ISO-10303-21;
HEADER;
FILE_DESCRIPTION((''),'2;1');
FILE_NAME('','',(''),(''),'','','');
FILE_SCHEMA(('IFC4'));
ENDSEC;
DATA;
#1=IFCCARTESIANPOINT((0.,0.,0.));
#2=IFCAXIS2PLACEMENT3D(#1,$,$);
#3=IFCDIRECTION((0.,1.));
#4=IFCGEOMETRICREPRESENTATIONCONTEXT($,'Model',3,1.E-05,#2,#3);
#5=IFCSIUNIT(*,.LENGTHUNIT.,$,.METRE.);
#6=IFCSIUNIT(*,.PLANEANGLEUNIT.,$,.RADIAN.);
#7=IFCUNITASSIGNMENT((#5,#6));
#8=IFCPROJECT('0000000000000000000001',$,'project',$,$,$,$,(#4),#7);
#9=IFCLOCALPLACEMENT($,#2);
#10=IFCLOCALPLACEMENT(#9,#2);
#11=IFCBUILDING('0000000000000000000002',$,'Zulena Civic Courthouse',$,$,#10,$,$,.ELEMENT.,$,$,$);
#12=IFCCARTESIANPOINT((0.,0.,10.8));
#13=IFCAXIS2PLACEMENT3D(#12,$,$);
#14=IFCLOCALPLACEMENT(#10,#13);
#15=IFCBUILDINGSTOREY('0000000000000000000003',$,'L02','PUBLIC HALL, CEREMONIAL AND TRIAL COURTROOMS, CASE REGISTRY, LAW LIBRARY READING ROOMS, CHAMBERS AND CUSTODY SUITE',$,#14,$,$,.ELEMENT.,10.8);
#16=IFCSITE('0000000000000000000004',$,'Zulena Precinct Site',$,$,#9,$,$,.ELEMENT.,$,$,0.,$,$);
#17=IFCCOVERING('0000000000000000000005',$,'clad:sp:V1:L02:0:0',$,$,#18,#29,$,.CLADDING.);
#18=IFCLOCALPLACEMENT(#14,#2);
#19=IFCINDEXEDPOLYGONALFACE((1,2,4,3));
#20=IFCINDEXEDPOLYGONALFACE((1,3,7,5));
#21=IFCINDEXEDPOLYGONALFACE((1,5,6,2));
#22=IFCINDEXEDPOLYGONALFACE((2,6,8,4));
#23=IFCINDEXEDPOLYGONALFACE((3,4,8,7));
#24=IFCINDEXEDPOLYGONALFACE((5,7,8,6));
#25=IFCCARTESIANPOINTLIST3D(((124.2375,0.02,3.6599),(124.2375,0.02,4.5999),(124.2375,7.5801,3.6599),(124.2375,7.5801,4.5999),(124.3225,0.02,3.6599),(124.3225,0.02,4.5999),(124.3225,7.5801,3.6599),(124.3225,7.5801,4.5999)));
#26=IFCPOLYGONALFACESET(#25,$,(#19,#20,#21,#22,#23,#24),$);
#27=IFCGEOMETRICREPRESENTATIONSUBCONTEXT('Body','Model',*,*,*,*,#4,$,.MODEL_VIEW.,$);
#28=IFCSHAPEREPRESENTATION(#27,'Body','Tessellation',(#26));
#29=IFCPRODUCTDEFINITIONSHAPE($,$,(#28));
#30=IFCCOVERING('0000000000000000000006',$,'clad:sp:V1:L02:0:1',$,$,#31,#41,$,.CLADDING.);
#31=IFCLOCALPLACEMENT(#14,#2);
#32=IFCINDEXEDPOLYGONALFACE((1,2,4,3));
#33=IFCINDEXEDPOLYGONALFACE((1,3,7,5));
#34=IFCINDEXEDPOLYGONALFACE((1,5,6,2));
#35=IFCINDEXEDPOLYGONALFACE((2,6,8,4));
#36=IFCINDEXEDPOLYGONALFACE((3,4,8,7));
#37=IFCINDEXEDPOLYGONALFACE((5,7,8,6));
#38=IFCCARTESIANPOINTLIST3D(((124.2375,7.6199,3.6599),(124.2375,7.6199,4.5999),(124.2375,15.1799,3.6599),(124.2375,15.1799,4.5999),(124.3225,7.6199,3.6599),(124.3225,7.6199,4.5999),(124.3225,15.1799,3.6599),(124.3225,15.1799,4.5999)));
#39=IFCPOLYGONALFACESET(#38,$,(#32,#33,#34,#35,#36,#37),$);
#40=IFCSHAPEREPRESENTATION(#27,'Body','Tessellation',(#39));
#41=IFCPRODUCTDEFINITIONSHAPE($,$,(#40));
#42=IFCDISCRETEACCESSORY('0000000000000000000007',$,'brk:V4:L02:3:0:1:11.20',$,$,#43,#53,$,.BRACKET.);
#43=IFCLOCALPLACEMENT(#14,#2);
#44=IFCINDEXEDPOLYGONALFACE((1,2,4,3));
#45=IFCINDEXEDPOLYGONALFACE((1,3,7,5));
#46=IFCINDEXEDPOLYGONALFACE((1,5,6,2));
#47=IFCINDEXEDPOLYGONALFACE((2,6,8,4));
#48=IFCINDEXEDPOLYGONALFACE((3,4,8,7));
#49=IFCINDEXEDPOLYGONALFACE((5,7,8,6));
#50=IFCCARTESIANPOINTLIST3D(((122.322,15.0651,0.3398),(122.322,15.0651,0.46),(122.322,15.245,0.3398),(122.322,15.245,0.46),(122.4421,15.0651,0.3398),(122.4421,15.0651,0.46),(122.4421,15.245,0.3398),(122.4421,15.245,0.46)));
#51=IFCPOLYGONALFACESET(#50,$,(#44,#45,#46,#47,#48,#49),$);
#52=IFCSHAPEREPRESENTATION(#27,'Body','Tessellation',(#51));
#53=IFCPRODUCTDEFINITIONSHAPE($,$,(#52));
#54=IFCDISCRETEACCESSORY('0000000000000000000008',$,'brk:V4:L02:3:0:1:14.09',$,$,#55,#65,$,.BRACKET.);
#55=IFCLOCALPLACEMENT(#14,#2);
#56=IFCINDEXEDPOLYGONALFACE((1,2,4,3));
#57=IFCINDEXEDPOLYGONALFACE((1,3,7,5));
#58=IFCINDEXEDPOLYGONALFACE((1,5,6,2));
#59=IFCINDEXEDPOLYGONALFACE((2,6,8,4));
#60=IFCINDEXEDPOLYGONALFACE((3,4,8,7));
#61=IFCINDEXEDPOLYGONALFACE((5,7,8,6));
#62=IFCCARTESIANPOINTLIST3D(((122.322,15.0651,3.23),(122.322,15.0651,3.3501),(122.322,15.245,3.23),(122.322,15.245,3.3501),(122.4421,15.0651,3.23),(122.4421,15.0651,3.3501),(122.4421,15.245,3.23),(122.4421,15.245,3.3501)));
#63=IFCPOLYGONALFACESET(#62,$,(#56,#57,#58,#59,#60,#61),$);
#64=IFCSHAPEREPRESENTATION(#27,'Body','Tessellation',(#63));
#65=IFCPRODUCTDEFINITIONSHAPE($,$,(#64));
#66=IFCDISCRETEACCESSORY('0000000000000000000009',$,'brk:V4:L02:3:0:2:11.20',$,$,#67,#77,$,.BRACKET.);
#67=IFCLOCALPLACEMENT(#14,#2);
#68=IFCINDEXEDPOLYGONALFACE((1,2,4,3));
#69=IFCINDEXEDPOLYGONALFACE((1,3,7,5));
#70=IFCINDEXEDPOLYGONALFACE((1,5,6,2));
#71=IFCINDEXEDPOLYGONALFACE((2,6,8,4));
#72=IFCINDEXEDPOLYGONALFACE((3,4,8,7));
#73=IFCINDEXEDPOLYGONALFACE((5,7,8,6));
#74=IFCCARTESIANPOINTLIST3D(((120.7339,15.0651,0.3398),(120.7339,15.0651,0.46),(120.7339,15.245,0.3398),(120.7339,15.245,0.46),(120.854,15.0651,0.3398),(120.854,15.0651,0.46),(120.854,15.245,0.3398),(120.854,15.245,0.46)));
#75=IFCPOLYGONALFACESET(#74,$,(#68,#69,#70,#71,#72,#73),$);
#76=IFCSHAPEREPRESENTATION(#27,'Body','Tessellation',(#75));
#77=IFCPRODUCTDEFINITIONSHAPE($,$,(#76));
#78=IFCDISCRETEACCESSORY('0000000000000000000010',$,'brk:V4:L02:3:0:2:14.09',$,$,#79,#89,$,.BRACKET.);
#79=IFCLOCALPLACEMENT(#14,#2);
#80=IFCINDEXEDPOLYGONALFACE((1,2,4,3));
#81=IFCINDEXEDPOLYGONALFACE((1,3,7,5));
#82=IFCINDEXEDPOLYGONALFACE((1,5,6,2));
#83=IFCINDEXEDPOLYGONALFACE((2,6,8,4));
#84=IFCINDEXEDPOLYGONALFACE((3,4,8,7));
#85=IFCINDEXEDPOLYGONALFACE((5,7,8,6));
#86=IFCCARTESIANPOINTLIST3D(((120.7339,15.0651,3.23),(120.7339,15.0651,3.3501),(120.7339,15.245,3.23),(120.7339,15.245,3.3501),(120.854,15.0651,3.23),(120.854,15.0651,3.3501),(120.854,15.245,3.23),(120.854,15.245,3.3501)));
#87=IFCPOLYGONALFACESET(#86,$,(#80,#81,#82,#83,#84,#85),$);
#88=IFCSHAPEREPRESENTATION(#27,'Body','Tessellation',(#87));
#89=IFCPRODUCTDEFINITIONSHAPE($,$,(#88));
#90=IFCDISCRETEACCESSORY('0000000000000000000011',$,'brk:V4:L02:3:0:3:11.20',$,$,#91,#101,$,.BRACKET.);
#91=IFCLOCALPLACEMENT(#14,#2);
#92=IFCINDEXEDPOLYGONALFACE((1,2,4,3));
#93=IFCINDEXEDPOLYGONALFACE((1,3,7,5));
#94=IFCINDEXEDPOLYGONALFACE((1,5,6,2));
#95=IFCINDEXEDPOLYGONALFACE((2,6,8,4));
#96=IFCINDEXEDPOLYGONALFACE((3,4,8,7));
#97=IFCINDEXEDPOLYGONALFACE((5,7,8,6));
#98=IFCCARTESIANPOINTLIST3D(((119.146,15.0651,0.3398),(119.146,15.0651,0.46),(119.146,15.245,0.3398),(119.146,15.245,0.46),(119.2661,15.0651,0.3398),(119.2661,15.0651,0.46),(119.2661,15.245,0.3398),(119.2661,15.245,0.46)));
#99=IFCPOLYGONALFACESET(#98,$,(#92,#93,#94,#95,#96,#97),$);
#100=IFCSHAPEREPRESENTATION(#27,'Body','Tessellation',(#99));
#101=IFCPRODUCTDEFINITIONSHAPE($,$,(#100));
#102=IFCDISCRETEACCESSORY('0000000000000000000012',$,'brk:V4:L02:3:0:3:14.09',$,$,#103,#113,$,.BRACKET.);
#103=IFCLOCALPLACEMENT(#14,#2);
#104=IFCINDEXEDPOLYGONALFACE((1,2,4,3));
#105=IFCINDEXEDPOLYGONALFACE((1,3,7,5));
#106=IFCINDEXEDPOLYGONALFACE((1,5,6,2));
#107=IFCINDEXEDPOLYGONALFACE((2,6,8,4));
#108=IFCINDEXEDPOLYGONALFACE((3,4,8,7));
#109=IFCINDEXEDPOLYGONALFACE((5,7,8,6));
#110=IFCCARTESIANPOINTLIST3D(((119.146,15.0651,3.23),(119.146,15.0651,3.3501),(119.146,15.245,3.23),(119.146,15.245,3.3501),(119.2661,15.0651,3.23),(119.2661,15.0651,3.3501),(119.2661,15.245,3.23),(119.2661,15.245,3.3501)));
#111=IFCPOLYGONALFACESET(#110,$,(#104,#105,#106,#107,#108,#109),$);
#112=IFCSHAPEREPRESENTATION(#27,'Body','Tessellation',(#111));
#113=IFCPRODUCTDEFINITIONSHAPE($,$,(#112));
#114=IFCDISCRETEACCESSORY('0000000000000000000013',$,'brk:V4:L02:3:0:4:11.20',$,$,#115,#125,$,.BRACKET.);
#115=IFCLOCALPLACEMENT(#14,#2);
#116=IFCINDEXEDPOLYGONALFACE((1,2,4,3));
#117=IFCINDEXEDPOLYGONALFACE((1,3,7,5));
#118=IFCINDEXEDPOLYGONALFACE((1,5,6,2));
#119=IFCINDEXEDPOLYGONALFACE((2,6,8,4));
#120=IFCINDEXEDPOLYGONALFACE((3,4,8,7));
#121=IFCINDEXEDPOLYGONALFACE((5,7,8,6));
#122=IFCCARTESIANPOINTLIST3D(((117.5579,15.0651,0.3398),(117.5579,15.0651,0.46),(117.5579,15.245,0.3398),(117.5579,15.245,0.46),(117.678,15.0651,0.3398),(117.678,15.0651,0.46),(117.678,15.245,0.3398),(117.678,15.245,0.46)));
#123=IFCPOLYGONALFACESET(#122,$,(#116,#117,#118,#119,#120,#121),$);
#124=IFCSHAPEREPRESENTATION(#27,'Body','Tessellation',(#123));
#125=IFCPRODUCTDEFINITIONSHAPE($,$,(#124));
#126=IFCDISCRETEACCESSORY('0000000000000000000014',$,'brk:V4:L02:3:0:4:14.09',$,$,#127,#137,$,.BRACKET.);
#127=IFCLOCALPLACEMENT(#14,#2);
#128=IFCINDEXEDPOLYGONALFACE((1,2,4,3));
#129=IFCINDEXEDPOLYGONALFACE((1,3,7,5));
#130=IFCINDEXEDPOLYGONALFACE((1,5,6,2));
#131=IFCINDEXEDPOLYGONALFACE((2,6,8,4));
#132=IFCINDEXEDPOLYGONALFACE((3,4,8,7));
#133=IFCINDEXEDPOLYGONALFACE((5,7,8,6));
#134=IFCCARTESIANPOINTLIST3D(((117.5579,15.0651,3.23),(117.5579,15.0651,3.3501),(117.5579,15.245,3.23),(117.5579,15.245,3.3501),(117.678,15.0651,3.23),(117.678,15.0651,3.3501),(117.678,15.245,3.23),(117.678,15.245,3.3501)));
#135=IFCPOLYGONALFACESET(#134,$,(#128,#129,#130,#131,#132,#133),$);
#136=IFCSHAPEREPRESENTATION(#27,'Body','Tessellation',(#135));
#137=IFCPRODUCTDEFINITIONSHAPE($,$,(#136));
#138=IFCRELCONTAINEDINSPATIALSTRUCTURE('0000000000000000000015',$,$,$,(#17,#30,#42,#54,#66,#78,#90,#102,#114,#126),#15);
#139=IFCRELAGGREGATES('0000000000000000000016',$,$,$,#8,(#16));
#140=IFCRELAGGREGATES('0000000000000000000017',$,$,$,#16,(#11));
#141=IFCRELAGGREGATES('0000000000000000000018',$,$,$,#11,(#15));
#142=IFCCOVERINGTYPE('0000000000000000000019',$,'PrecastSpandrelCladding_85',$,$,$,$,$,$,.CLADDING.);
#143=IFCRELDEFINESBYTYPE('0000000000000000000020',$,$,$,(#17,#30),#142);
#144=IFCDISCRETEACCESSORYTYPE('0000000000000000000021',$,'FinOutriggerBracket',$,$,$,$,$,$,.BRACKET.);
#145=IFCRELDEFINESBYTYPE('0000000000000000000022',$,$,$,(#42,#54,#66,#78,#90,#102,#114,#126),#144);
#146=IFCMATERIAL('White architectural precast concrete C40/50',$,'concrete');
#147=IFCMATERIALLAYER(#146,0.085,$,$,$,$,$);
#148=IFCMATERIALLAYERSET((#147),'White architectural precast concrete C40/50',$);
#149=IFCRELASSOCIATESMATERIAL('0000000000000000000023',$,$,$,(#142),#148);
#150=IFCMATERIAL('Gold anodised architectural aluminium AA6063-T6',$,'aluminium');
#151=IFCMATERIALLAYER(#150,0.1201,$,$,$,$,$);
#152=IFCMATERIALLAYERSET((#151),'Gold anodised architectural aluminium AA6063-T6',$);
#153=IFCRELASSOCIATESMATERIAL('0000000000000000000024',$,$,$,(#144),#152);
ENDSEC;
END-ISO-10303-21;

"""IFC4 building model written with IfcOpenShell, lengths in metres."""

from ifc_helpers import new_model, si_unit, direction, frame, origin, origin_2d, place, context, subcontext, project, spatial, rectangle, extrude, material, layer, layer_set, type_object, element, save


model = new_model("IFC4")

# Units and contexts
model_context = context("Model", 3, precision=1e-05, world=origin(), true_north=direction((0.0, 1.0)))
body_context = subcontext(model_context, "Body", "Model", "MODEL_VIEW")
ifc_project = project(units=[si_unit("LENGTHUNIT", "METRE"), si_unit("PLANEANGLEUNIT", "RADIAN")], contexts=[model_context])

# Site, building, storey
site_placement = place(None, origin())
site = spatial("IfcSite", under=ifc_project, at=site_placement, Name="Zulena Precinct Site", CompositionType="ELEMENT", RefElevation=0.0)
building_placement = place(site_placement, origin())
building = spatial("IfcBuilding", under=site, at=building_placement, Name="Zulena Civic Courthouse", CompositionType="ELEMENT")
storey_placement = place(building_placement, frame((0.0, 0.0, 10.8)))
storey = spatial("IfcBuildingStorey", under=building, at=storey_placement, Name="L02", Description="PUBLIC HALL, CEREMONIAL AND TRIAL COURTROOMS, CASE REGISTRY, LAW LIBRARY READING ROOMS, CHAMBERS AND CUSTODY SUITE", CompositionType="ELEMENT", Elevation=10.8)

# Shared definitions
ifc_material_1 = material(Name="Gold anodised architectural aluminium AA6063-T6", Category="aluminium")

# Coverings
ifc_material_2 = material(Name="White architectural precast concrete C40/50", Category="concrete")
ifc_layer_1 = layer(ifc_material_2, 0.085)
ifc_layer_set_1 = layer_set([ifc_layer_1], Name="White architectural precast concrete C40/50")
covering_type = type_object("IfcCoveringType", Name="PrecastSpandrelCladding_85", PredefinedType="CLADDING", material=ifc_layer_set_1)
for number, where, z_axis, x_axis, name in (
    (1, (124.28, 3.8, 3.6599), (0.0, 0.0, 1.0), (0.0, 1.0, 0.0), "clad:sp:V1:L02:0:0"),
    (2, (124.28, 11.3999, 3.6599), (0.0, 0.0, 1.0), (0.0, 1.0, 0.0), "clad:sp:V1:L02:0:1"),
):
    element("IfcCovering", number, at=place(storey_placement, frame(where, z_axis=z_axis, x_axis=x_axis)), inside=storey, type_object=covering_type, Name=name, PredefinedType="CLADDING", context=body_context, shape_type="SweptSolid", body=[
        extrude(rectangle(XDim=7.5601, YDim=0.085, at=origin_2d()), origin(), (0.0, 0.0, 1.0), 0.9399),
    ])

# Discrete accessories
ifc_layer_2 = layer(ifc_material_1, 0.1201)
ifc_layer_set_2 = layer_set([ifc_layer_2], Name="Gold anodised architectural aluminium AA6063-T6")
discrete_accessory_type = type_object("IfcDiscreteAccessoryType", Name="FinOutriggerBracket", PredefinedType="BRACKET", material=ifc_layer_set_2)
for number, where, z_axis, x_axis, name in (
    (3, (122.3821, 15.155, 0.3398), (0.0, 0.0, 1.0), (0.0, -1.0, 0.0), "brk:V4:L02:3:0:1:11.20"),
    (4, (122.3821, 15.155, 3.23), (0.0, 0.0, 1.0), (0.0, -1.0, 0.0), "brk:V4:L02:3:0:1:14.09"),
    (5, (120.7939, 15.155, 0.3398), (0.0, 0.0, 1.0), (0.0, -1.0, 0.0), "brk:V4:L02:3:0:2:11.20"),
    (6, (120.7939, 15.155, 3.23), (0.0, 0.0, 1.0), (0.0, -1.0, 0.0), "brk:V4:L02:3:0:2:14.09"),
    (7, (119.2061, 15.155, 0.3398), (0.0, 0.0, 1.0), (0.0, -1.0, 0.0), "brk:V4:L02:3:0:3:11.20"),
    (8, (119.2061, 15.155, 3.23), (0.0, 0.0, 1.0), (0.0, -1.0, 0.0), "brk:V4:L02:3:0:3:14.09"),
    (9, (117.6179, 15.155, 0.3398), (0.0, 0.0, 1.0), (0.0, -1.0, 0.0), "brk:V4:L02:3:0:4:11.20"),
    (10, (117.6179, 15.155, 3.23), (0.0, 0.0, 1.0), (0.0, -1.0, 0.0), "brk:V4:L02:3:0:4:14.09"),
):
    element("IfcDiscreteAccessory", number, at=place(storey_placement, frame(where, z_axis=z_axis, x_axis=x_axis)), inside=storey, type_object=discrete_accessory_type, Name=name, PredefinedType="BRACKET", context=body_context, shape_type="SweptSolid", body=[
        extrude(rectangle(XDim=0.1799, YDim=0.1201, at=origin_2d()), origin(), (0.0, 0.0, 1.0), 0.1201),
    ])

save(model, "model.ifc")
